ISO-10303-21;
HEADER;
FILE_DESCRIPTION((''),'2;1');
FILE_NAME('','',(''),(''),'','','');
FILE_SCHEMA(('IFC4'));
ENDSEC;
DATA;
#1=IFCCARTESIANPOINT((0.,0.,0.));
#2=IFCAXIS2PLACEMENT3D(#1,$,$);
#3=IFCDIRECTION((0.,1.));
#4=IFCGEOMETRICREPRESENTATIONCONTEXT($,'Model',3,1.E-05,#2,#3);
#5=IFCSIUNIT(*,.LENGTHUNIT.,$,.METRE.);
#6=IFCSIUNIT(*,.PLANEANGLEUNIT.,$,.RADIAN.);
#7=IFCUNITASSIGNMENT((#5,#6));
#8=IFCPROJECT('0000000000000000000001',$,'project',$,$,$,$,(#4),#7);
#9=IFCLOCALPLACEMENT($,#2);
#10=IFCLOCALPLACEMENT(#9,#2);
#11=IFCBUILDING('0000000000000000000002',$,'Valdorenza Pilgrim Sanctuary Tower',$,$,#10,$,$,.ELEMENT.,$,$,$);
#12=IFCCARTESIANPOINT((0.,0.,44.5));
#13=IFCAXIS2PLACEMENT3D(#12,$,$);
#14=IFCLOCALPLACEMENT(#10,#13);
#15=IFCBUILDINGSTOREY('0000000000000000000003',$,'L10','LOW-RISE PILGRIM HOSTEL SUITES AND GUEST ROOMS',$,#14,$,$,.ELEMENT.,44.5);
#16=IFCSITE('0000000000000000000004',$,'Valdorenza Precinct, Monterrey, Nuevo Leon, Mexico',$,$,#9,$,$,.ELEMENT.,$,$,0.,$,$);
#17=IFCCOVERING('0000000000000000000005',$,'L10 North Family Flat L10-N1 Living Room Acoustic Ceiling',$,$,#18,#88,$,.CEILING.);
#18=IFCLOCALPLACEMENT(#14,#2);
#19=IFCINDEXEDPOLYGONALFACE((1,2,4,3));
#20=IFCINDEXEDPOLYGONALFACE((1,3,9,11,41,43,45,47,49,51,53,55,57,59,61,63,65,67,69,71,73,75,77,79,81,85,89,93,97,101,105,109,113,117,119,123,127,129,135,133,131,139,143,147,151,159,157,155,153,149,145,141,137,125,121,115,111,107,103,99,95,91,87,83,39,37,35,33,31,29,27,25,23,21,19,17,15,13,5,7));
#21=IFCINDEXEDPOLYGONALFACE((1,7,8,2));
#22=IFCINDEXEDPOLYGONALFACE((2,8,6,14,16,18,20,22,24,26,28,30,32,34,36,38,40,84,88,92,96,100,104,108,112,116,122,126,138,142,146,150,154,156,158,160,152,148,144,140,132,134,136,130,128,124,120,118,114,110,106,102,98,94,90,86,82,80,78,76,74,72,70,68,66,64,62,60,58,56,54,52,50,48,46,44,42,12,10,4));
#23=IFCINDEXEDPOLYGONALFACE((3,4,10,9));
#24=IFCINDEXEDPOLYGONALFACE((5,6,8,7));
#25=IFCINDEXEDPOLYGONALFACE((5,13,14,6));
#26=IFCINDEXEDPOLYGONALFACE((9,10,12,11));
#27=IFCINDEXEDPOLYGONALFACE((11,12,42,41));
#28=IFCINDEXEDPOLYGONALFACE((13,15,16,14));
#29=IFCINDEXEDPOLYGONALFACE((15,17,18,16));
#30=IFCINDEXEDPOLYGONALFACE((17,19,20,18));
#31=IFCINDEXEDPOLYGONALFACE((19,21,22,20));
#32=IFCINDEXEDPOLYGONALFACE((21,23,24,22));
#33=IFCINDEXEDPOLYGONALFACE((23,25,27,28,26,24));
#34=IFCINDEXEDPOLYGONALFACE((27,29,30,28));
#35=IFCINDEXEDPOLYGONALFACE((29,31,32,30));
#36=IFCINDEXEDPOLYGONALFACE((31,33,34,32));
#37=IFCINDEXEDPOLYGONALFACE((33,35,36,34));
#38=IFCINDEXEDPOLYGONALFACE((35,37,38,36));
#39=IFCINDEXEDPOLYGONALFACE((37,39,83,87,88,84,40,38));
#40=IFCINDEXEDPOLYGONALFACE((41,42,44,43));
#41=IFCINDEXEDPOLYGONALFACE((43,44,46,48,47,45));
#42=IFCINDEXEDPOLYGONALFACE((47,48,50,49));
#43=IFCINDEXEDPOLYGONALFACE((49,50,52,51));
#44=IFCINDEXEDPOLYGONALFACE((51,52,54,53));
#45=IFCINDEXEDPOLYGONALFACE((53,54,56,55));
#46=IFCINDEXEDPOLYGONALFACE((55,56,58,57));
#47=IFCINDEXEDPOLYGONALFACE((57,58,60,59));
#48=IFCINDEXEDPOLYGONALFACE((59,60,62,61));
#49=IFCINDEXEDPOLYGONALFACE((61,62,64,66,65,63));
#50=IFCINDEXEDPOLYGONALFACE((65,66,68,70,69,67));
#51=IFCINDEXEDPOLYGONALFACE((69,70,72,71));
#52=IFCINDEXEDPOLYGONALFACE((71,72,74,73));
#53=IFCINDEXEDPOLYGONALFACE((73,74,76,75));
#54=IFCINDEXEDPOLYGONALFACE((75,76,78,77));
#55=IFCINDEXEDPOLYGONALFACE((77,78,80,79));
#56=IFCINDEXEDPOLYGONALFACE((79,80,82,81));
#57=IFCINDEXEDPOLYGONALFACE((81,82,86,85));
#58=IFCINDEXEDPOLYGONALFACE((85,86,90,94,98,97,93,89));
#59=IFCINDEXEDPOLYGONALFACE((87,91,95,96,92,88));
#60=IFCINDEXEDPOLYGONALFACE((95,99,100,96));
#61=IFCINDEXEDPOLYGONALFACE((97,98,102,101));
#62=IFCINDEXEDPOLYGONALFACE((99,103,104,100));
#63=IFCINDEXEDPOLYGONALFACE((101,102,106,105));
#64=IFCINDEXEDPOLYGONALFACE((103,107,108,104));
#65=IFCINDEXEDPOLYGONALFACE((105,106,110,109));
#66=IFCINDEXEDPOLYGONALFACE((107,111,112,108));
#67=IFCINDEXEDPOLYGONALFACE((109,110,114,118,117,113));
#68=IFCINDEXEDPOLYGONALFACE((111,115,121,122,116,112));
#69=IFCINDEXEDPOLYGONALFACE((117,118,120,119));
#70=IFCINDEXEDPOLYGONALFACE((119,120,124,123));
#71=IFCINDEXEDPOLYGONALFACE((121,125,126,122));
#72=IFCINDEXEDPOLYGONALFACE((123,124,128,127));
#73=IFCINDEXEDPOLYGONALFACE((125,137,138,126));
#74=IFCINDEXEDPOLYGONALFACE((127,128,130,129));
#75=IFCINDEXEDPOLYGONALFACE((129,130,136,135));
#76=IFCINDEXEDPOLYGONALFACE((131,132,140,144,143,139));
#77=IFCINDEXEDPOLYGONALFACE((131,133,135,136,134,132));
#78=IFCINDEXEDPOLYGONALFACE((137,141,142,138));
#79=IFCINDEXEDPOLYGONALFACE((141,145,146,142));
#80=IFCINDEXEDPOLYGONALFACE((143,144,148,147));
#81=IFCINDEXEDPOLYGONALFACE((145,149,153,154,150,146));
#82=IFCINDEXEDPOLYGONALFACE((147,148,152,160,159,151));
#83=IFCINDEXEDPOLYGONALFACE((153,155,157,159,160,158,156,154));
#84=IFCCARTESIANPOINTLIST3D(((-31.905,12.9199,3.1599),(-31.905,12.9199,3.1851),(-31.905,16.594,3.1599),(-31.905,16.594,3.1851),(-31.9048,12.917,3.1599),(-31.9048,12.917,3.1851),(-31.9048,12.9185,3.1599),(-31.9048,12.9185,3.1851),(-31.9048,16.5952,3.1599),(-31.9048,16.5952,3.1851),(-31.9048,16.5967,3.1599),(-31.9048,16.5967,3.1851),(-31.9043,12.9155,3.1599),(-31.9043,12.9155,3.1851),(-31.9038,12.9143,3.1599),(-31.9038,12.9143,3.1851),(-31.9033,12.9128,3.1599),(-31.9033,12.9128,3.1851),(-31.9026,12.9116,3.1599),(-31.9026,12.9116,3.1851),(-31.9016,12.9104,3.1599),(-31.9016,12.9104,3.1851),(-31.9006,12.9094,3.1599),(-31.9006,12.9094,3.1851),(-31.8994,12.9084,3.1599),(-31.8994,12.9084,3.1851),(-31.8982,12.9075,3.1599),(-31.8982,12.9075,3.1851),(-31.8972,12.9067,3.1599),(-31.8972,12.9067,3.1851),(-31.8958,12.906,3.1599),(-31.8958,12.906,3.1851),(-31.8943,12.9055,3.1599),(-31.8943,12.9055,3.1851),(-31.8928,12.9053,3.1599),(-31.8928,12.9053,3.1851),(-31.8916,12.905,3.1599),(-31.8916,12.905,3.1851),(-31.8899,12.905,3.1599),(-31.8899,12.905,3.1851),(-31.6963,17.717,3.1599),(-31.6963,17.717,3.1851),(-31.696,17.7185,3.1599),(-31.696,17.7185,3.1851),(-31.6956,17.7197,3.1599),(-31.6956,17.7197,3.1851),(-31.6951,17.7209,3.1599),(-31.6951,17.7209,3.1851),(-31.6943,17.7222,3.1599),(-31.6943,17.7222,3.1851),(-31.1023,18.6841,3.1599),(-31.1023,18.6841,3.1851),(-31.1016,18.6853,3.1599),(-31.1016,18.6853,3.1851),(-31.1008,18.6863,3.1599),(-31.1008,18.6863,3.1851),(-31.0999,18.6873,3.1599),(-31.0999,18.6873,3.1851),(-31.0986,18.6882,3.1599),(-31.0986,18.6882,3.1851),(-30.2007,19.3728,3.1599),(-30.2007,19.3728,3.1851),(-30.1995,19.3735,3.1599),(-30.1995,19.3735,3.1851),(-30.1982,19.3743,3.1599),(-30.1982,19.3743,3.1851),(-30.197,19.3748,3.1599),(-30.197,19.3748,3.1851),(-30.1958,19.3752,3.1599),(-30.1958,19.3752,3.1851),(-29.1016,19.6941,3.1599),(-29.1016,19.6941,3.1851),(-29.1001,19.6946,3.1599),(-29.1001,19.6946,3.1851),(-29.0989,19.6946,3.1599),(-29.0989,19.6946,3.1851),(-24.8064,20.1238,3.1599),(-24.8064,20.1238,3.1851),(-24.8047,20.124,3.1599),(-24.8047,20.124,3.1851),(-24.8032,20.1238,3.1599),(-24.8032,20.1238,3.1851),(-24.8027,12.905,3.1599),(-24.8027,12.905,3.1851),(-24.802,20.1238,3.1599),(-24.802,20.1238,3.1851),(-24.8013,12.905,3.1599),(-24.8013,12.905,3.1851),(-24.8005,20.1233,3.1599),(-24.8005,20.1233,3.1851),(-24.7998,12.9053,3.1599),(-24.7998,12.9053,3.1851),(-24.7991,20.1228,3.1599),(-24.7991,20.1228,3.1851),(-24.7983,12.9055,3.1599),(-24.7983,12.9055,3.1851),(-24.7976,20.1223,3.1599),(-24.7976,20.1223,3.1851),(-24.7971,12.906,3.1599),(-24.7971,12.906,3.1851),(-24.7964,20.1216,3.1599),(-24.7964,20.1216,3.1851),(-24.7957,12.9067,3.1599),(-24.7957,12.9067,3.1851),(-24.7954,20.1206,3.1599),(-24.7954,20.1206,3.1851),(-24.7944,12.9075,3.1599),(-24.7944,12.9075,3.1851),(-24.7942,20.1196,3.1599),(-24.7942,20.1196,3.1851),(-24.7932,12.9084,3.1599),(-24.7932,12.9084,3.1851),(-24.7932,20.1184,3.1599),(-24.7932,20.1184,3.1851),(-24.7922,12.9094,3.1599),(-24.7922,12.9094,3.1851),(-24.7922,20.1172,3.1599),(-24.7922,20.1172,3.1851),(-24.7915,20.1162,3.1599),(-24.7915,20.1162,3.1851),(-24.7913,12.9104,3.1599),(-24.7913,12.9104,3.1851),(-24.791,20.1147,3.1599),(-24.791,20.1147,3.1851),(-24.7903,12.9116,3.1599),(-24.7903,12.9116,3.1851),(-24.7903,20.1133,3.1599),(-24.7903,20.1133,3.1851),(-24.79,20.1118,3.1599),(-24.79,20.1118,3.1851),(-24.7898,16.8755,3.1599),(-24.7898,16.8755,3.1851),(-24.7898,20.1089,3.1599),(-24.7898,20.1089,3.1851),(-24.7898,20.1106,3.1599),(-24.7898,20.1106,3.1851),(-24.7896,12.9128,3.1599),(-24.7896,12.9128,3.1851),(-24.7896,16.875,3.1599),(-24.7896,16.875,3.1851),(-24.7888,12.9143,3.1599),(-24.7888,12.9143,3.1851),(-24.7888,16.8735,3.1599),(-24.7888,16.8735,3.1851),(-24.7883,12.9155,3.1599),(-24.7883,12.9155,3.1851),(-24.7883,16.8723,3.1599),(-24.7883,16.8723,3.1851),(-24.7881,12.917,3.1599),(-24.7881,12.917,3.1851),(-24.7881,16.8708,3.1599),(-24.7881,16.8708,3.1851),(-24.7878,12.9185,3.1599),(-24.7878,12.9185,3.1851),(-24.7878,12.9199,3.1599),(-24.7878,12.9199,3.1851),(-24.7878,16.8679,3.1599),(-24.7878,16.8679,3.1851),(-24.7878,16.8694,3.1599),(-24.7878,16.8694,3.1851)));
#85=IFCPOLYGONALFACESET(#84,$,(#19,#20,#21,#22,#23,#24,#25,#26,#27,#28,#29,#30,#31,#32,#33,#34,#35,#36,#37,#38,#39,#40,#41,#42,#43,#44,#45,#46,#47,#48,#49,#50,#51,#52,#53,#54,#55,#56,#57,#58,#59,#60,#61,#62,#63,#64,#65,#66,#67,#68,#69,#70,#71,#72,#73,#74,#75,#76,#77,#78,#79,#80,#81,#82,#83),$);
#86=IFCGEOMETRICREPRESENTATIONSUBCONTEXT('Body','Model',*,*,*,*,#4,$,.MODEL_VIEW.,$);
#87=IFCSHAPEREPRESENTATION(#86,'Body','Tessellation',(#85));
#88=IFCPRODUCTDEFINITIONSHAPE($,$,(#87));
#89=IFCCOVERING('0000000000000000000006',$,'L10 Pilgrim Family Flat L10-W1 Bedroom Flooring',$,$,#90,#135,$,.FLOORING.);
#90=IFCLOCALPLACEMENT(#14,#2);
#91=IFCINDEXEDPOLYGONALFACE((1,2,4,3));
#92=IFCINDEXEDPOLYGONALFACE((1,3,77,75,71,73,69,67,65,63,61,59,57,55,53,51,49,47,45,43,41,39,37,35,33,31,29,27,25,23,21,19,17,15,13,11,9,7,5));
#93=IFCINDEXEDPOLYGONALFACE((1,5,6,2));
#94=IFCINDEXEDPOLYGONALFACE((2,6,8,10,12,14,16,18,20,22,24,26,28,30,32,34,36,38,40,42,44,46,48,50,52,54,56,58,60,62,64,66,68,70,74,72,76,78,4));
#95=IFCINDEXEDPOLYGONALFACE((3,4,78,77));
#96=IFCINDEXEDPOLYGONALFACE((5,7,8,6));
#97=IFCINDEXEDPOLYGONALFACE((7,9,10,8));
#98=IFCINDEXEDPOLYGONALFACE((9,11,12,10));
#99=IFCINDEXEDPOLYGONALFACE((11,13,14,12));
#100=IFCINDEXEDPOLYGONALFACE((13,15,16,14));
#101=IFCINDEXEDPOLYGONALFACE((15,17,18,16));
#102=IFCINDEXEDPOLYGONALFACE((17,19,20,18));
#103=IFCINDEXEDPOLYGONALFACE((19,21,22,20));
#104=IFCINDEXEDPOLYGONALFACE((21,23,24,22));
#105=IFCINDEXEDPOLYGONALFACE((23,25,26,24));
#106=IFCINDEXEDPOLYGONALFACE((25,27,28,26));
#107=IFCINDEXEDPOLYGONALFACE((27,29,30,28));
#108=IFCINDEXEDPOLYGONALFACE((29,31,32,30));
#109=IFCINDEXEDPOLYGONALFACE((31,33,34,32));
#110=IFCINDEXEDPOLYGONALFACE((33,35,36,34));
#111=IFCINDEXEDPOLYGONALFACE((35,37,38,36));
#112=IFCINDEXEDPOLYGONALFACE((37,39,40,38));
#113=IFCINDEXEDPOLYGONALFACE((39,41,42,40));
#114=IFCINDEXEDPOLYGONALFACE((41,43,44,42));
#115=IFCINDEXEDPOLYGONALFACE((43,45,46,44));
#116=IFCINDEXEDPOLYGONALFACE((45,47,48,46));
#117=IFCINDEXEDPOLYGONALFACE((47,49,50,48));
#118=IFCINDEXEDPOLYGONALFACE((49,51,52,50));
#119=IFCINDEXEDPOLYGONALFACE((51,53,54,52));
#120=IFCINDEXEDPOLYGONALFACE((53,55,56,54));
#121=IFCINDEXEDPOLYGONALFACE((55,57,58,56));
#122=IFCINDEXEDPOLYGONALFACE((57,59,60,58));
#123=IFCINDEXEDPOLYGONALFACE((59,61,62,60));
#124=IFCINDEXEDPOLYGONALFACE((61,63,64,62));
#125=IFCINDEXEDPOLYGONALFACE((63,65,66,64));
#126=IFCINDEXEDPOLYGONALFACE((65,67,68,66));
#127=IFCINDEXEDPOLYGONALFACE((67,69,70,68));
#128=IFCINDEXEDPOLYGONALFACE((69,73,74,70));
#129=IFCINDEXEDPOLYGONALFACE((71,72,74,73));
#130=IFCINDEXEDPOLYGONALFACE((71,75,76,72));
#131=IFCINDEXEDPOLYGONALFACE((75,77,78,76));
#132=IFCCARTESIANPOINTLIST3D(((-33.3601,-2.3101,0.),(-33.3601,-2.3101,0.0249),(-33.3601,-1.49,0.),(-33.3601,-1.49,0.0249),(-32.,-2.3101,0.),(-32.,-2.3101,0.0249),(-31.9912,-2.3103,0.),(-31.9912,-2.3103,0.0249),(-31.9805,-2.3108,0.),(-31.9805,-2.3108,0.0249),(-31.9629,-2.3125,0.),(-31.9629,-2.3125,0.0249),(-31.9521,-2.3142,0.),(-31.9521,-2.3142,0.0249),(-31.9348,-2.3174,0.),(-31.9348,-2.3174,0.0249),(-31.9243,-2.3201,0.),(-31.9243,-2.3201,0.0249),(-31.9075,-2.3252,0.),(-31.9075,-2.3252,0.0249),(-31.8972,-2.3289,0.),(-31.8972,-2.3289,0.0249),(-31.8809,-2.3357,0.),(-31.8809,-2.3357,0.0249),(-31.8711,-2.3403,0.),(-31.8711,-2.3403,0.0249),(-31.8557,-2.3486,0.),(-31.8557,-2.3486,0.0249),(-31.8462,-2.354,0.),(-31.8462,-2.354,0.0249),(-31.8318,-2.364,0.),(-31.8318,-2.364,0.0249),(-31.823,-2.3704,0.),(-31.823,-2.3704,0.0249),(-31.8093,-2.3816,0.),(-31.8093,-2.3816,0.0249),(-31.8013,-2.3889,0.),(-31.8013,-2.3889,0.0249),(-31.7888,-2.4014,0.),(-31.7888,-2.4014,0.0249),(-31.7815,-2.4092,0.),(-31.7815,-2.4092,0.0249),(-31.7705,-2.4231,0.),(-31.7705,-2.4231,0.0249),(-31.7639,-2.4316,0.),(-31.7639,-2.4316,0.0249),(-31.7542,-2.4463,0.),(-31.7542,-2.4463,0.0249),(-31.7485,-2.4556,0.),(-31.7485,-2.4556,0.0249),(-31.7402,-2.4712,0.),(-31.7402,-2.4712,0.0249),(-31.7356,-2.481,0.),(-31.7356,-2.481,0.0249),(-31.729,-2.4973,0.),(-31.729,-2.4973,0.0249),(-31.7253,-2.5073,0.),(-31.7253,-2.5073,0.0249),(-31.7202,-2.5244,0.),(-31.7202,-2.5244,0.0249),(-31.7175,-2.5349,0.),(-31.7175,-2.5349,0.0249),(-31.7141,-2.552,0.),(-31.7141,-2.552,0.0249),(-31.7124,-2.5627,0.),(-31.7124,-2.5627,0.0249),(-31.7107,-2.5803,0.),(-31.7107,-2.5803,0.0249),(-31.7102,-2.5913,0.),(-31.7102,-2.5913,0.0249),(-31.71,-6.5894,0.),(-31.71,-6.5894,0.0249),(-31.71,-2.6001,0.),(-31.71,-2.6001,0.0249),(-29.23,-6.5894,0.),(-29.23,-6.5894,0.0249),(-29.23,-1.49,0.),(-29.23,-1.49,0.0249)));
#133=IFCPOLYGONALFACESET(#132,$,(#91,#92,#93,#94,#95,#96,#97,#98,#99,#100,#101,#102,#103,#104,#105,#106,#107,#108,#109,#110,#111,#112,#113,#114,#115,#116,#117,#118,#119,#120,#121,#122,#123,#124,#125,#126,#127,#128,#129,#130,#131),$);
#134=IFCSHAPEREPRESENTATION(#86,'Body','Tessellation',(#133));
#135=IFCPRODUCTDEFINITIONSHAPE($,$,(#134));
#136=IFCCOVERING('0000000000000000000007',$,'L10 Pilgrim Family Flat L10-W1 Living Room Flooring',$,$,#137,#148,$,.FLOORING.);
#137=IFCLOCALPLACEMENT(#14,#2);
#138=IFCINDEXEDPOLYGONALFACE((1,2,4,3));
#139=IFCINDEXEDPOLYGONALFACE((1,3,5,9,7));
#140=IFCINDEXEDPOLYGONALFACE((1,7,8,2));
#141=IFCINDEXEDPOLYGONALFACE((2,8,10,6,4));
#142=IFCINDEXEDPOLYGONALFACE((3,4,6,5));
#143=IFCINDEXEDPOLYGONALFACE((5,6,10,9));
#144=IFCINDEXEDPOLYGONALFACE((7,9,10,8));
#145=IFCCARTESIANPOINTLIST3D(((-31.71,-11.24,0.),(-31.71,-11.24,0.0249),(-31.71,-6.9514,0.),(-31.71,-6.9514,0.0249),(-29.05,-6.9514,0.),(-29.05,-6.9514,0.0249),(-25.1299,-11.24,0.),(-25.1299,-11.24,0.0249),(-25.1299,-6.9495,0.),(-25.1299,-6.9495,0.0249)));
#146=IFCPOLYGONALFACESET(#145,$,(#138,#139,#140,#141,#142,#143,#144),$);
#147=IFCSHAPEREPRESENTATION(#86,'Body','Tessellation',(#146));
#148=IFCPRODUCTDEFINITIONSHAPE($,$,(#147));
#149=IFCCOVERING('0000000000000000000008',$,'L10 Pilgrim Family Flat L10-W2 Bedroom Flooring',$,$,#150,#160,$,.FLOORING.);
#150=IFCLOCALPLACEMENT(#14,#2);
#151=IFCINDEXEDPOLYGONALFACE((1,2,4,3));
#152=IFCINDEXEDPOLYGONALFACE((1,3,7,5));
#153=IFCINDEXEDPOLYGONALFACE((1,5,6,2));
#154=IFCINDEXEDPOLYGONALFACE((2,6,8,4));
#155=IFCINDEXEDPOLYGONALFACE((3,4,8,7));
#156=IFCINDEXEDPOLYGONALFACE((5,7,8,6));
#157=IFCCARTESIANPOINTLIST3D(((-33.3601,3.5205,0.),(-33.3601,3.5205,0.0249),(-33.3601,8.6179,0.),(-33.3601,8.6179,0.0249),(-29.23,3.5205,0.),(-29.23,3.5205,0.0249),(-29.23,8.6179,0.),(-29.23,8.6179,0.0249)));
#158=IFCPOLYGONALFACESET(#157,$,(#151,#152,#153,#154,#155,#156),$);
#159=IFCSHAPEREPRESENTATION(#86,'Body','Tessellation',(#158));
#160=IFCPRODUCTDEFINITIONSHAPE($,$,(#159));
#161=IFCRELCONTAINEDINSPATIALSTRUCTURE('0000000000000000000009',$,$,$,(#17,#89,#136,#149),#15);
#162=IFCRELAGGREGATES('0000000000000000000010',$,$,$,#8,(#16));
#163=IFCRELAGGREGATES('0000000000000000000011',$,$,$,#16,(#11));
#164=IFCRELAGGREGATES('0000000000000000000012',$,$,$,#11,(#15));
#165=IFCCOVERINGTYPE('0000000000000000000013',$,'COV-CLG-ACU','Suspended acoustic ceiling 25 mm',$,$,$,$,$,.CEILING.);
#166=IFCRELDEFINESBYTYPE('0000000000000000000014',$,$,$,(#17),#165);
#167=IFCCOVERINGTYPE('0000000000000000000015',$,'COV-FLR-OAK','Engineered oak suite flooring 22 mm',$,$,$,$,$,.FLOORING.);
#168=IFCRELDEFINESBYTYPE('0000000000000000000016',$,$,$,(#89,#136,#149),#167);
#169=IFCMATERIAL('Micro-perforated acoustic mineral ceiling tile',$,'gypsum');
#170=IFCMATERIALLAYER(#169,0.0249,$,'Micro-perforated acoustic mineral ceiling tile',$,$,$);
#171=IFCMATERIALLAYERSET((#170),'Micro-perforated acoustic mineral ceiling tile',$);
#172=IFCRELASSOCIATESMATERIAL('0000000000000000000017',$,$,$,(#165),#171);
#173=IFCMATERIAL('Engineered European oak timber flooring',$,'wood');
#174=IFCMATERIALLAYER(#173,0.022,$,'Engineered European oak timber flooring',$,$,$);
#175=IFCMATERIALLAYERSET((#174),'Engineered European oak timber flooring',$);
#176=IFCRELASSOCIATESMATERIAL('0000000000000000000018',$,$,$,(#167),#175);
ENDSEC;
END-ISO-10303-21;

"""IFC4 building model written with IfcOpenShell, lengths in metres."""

from ifc_helpers import new_model, si_unit, direction, frame, origin, place, context, subcontext, project, spatial, polyline, outline, extrude, material, layer, layer_set, type_object, element, save


model = new_model("IFC4")

# Units and contexts
model_context = context("Model", 3, precision=1e-05, world=origin(), true_north=direction((0.0, 1.0)))
body_context = subcontext(model_context, "Body", "Model", "MODEL_VIEW")
ifc_project = project(units=[si_unit("LENGTHUNIT", "METRE"), si_unit("PLANEANGLEUNIT", "RADIAN")], contexts=[model_context])

# Site, building, storey
site_placement = place(None, origin())
site = spatial("IfcSite", under=ifc_project, at=site_placement, Name="Valdorenza Precinct, Monterrey, Nuevo Leon, Mexico", CompositionType="ELEMENT", RefElevation=0.0)
building_placement = place(site_placement, origin())
building = spatial("IfcBuilding", under=site, at=building_placement, Name="Valdorenza Pilgrim Sanctuary Tower", CompositionType="ELEMENT")
storey_placement = place(building_placement, frame((0.0, 0.0, 44.5)))
storey = spatial("IfcBuildingStorey", under=building, at=storey_placement, Name="L10", Description="LOW-RISE PILGRIM HOSTEL SUITES AND GUEST ROOMS", CompositionType="ELEMENT", Elevation=44.5)

# Coverings
ifc_material_1 = material(Name="Micro-perforated acoustic mineral ceiling tile", Category="gypsum")
ifc_layer_1 = layer(ifc_material_1, 0.0249, Name="Micro-perforated acoustic mineral ceiling tile")
ifc_layer_set_1 = layer_set([ifc_layer_1], Name="Micro-perforated acoustic mineral ceiling tile")
covering_type_1 = type_object("IfcCoveringType", Name="COV-CLG-ACU", Description="Suspended acoustic ceiling 25 mm", PredefinedType="CEILING", material=ifc_layer_set_1)
covering_1_placement = place(storey_placement, frame((0.0, 0.0, 3.1599)))
element("IfcCovering", 1, at=covering_1_placement, inside=storey, type_object=covering_type_1, Name="L10 North Family Flat L10-N1 Living Room Acoustic Ceiling", PredefinedType="CEILING", context=body_context, shape_type="SweptSolid", body=[
    extrude(outline(polyline([(-31.8899, 12.905), (-31.8916, 12.905), (-31.8928, 12.9053), (-31.8943, 12.9055), (-31.8958, 12.906), (-31.8972, 12.9067), (-31.8982, 12.9075), (-31.8994, 12.9084), (-31.9006, 12.9094), (-31.9016, 12.9104), (-31.9026, 12.9116), (-31.9033, 12.9128), (-31.9038, 12.9143), (-31.9043, 12.9155), (-31.9048, 12.917), (-31.9048, 12.9185), (-31.905, 12.9199), (-31.905, 16.594), (-31.9048, 16.5952), (-31.9048, 16.5967), (-31.6963, 17.717), (-31.696, 17.7185), (-31.6956, 17.7197), (-31.6951, 17.7209), (-31.6943, 17.7222), (-31.1023, 18.6841), (-31.1016, 18.6853), (-31.1008, 18.6863), (-31.0999, 18.6873), (-31.0986, 18.6882), (-30.2007, 19.3728), (-30.1995, 19.3735), (-30.1982, 19.3743), (-30.197, 19.3748), (-30.1958, 19.3752), (-29.1016, 19.6941), (-29.1001, 19.6946), (-29.0989, 19.6946), (-24.8064, 20.1238), (-24.8047, 20.124), (-24.8032, 20.1238), (-24.802, 20.1238), (-24.8005, 20.1233), (-24.7991, 20.1228), (-24.7976, 20.1223), (-24.7964, 20.1216), (-24.7954, 20.1206), (-24.7942, 20.1196), (-24.7932, 20.1184), (-24.7922, 20.1172), (-24.7915, 20.1162), (-24.791, 20.1147), (-24.7903, 20.1133), (-24.79, 20.1118), (-24.7898, 20.1106), (-24.7898, 20.1089), (-24.7898, 16.8755), (-24.7896, 16.875), (-24.7888, 16.8735), (-24.7883, 16.8723), (-24.7881, 16.8708), (-24.7878, 16.8694), (-24.7878, 16.8679), (-24.7878, 12.9199), (-24.7878, 12.9185), (-24.7881, 12.917), (-24.7883, 12.9155), (-24.7888, 12.9143), (-24.7896, 12.9128), (-24.7903, 12.9116), (-24.7913, 12.9104), (-24.7922, 12.9094), (-24.7932, 12.9084), (-24.7944, 12.9075), (-24.7957, 12.9067), (-24.7971, 12.906), (-24.7983, 12.9055), (-24.7998, 12.9053), (-24.8013, 12.905), (-24.8027, 12.905), (-31.8899, 12.905)])), origin(), (0.0, 0.0, 1.0), 0.0251),
])
ifc_material_2 = material(Name="Engineered European oak timber flooring", Category="wood")
ifc_layer_2 = layer(ifc_material_2, 0.022, Name="Engineered European oak timber flooring")
ifc_layer_set_2 = layer_set([ifc_layer_2], Name="Engineered European oak timber flooring")
covering_type_2 = type_object("IfcCoveringType", Name="COV-FLR-OAK", Description="Engineered oak suite flooring 22 mm", PredefinedType="FLOORING", material=ifc_layer_set_2)
covering_2_placement = place(storey_placement, origin())
element("IfcCovering", 2, at=covering_2_placement, inside=storey, type_object=covering_type_2, Name="L10 Pilgrim Family Flat L10-W1 Bedroom Flooring", PredefinedType="FLOORING", context=body_context, shape_type="SweptSolid", body=[
    extrude(outline(polyline([(-29.23, -6.5894), (-31.71, -6.5894), (-31.71, -2.6001), (-31.7102, -2.5913), (-31.7107, -2.5803), (-31.7124, -2.5627), (-31.7141, -2.552), (-31.7175, -2.5349), (-31.7202, -2.5244), (-31.7253, -2.5073), (-31.729, -2.4973), (-31.7356, -2.481), (-31.7402, -2.4712), (-31.7485, -2.4556), (-31.7542, -2.4463), (-31.7639, -2.4316), (-31.7705, -2.4231), (-31.7815, -2.4092), (-31.7888, -2.4014), (-31.8013, -2.3889), (-31.8093, -2.3816), (-31.823, -2.3704), (-31.8318, -2.364), (-31.8462, -2.354), (-31.8557, -2.3486), (-31.8711, -2.3403), (-31.8809, -2.3357), (-31.8972, -2.3289), (-31.9075, -2.3252), (-31.9243, -2.3201), (-31.9348, -2.3174), (-31.9521, -2.3142), (-31.9629, -2.3125), (-31.9805, -2.3108), (-31.9912, -2.3103), (-32.0, -2.3101), (-33.3601, -2.3101), (-33.3601, -1.49), (-29.23, -1.49), (-29.23, -6.5894)])), origin(), (0.0, 0.0, 1.0), 0.0249),
])
covering_3_placement = place(storey_placement, origin())
element("IfcCovering", 3, at=covering_3_placement, inside=storey, type_object=covering_type_2, Name="L10 Pilgrim Family Flat L10-W1 Living Room Flooring", PredefinedType="FLOORING", context=body_context, shape_type="SweptSolid", body=[
    extrude(outline(polyline([(-25.1299, -11.24), (-31.71, -11.24), (-31.71, -6.9514), (-29.05, -6.9514), (-25.1299, -6.9495), (-25.1299, -11.24)])), origin(), (0.0, 0.0, 1.0), 0.0249),
])
covering_4_placement = place(storey_placement, origin())
element("IfcCovering", 4, at=covering_4_placement, inside=storey, type_object=covering_type_2, Name="L10 Pilgrim Family Flat L10-W2 Bedroom Flooring", PredefinedType="FLOORING", context=body_context, shape_type="SweptSolid", body=[
    extrude(outline(polyline([(-29.23, 3.5205), (-33.3601, 3.5205), (-33.3601, 8.6179), (-29.23, 8.6179), (-29.23, 3.5205)])), origin(), (0.0, 0.0, 1.0), 0.0249),
])

save(model, "model.ifc")
